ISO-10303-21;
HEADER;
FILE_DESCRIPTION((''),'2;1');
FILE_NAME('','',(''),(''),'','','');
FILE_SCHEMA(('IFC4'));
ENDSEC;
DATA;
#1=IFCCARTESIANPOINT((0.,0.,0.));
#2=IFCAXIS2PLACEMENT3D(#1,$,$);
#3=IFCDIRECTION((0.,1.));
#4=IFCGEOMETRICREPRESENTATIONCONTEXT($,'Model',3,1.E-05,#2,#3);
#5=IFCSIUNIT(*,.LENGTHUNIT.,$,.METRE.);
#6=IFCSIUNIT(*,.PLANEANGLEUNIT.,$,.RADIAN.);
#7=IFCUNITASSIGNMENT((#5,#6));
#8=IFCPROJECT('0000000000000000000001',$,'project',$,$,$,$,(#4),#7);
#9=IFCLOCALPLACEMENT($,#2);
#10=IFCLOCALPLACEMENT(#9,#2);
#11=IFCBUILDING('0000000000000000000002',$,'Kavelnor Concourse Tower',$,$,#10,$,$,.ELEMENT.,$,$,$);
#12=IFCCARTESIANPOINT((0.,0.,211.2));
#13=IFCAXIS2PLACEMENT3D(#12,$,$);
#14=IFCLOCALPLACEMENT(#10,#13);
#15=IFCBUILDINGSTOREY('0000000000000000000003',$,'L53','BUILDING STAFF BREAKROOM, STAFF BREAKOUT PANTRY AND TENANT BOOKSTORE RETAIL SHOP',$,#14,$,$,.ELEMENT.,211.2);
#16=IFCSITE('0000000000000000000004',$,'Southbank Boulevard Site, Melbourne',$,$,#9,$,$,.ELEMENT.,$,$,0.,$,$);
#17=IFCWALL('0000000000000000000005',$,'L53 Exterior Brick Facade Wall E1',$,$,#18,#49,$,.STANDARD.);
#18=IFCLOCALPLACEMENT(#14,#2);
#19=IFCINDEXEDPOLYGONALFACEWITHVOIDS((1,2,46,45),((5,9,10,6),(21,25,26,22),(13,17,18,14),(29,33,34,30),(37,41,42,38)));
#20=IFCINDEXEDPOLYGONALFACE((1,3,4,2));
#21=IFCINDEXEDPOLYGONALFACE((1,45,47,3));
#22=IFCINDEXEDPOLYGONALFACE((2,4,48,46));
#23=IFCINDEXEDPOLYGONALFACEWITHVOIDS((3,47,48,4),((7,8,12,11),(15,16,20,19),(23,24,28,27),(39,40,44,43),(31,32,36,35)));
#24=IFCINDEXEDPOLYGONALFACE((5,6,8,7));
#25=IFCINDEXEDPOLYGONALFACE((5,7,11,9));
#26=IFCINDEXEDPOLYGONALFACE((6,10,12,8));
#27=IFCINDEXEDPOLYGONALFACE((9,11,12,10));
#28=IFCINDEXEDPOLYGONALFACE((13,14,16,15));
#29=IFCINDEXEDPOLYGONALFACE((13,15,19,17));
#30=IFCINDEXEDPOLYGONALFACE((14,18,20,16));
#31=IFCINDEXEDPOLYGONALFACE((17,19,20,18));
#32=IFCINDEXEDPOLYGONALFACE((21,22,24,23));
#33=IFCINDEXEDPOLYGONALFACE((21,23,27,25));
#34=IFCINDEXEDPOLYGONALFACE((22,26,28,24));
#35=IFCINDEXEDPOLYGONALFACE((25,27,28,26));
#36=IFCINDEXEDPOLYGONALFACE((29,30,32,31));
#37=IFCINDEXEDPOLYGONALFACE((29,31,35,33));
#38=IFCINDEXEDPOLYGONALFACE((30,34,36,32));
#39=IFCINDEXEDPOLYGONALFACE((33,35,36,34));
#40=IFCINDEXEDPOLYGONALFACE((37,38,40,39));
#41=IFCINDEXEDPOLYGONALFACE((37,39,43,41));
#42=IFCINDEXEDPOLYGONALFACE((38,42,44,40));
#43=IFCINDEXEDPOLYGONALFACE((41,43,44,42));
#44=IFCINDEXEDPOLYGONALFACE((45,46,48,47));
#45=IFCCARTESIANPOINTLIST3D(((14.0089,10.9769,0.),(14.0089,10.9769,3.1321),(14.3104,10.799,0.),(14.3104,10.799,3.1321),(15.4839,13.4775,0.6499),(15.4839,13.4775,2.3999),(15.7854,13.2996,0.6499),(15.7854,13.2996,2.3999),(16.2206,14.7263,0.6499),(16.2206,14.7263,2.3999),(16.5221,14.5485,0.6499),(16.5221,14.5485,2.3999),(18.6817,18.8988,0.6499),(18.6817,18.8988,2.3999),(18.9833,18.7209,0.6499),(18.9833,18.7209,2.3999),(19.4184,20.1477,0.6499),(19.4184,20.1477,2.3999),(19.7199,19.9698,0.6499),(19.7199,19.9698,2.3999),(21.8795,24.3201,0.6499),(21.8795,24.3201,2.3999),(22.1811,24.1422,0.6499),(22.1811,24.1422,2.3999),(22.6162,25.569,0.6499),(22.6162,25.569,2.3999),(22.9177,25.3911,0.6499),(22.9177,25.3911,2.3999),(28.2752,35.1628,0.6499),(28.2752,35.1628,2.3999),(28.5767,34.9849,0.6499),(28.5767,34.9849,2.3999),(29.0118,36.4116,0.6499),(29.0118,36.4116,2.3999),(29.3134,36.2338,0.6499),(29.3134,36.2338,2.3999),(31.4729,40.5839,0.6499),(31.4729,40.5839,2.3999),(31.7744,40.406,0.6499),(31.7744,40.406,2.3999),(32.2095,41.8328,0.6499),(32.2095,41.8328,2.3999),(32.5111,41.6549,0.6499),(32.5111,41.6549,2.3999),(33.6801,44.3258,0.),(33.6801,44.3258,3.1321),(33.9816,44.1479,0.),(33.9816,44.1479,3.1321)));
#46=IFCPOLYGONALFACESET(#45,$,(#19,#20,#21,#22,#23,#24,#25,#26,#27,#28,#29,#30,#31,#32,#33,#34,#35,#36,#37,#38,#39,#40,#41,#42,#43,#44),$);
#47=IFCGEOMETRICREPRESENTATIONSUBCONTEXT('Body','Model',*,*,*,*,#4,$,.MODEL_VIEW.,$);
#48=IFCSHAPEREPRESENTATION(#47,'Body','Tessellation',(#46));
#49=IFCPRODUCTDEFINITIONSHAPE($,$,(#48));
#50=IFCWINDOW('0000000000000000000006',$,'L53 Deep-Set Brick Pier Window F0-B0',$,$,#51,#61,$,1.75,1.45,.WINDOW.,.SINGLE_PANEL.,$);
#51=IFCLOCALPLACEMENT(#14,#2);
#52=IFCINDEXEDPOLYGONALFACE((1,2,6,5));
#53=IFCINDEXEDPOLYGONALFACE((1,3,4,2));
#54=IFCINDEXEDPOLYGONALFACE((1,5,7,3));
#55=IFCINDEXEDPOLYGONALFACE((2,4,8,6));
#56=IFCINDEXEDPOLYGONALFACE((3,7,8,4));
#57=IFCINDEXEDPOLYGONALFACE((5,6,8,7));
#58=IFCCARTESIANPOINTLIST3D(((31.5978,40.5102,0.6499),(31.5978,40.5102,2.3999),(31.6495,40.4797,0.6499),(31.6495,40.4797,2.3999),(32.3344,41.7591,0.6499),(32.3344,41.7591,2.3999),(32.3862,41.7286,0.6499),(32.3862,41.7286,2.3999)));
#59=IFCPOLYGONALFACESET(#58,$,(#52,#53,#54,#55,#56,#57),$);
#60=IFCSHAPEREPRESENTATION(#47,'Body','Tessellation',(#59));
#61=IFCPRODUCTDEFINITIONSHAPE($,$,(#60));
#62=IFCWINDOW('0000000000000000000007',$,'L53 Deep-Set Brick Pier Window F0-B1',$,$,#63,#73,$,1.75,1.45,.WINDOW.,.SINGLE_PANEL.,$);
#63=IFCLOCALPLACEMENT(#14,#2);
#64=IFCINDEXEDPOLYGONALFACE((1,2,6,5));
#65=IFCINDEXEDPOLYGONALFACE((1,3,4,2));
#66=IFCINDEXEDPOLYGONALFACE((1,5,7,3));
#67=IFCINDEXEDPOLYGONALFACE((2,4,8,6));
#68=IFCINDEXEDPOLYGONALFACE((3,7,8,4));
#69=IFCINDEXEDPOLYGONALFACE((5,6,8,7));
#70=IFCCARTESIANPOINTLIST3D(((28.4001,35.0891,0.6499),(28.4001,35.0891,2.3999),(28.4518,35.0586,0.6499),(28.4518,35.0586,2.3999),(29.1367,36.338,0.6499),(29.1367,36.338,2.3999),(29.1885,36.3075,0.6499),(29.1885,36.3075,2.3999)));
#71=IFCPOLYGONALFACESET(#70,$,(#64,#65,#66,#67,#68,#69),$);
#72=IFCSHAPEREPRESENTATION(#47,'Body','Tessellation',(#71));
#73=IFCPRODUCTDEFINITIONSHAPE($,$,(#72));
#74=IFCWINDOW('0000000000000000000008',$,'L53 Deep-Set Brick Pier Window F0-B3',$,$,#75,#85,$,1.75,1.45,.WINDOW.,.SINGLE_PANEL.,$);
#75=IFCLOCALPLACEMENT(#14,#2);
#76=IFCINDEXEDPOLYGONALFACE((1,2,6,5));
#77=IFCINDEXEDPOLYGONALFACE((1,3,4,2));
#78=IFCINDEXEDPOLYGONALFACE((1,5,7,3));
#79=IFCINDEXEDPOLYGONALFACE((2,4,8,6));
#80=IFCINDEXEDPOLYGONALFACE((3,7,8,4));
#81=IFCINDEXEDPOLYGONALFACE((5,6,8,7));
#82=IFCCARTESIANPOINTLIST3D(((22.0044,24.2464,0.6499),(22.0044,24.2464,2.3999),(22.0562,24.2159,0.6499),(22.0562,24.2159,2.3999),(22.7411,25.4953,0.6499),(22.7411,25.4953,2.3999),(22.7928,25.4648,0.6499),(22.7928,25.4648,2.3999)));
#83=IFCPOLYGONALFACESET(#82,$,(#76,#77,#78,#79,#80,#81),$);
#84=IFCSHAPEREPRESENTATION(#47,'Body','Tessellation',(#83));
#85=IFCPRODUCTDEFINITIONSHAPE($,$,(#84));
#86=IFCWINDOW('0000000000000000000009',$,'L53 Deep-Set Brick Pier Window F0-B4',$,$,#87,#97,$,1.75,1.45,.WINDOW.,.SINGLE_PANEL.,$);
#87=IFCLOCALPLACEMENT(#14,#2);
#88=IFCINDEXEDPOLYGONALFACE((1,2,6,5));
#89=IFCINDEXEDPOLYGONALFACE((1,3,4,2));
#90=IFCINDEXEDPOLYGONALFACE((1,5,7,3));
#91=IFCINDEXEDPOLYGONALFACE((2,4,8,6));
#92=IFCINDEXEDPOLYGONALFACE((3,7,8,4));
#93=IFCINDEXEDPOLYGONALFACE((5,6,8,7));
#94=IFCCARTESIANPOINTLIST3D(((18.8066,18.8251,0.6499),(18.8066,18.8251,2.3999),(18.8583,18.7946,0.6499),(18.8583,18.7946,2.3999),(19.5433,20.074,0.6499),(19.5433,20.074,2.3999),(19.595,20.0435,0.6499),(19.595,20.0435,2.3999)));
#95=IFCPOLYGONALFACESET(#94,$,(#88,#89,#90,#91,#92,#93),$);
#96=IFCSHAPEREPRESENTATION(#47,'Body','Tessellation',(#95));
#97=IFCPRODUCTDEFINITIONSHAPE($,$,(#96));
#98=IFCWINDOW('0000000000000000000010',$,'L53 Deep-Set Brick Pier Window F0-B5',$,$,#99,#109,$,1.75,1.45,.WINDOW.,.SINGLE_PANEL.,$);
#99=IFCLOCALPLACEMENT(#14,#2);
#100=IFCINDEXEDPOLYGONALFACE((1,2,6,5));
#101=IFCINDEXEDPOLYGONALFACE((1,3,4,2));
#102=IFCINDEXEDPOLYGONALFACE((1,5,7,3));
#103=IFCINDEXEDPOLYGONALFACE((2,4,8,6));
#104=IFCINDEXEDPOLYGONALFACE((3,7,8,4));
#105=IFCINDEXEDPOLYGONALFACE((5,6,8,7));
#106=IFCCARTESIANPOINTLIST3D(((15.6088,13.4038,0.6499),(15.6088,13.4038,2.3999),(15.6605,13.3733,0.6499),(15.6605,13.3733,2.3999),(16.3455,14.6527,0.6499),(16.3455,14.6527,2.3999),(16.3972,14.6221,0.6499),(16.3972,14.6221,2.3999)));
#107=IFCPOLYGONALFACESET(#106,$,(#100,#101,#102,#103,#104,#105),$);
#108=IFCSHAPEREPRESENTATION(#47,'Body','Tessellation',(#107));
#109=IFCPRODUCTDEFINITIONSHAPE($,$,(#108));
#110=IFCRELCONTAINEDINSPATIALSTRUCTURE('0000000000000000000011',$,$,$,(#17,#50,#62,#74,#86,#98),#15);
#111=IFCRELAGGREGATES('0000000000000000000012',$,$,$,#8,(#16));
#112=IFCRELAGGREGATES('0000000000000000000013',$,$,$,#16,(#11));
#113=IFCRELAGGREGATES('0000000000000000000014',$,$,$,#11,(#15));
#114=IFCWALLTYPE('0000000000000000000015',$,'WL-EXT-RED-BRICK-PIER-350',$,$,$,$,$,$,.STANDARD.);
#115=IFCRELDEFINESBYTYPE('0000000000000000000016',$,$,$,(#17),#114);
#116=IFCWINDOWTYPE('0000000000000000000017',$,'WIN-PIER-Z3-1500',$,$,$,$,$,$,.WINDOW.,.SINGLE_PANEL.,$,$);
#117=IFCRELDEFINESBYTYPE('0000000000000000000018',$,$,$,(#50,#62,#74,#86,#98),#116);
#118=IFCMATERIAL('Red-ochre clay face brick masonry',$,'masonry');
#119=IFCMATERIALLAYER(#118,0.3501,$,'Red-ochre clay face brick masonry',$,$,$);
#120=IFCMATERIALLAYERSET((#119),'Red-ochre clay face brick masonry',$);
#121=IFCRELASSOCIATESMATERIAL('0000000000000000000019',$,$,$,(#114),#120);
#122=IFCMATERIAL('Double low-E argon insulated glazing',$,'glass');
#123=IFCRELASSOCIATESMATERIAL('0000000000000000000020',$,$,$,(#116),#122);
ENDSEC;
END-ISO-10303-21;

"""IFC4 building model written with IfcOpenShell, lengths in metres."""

from ifc_helpers import new_model, si_unit, direction, frame, frame_2d, origin, place, context, subcontext, project, spatial, rectangle, extrude, material, layer, layer_set, type_object, element, fill, save


model = new_model("IFC4")

# Units and contexts
model_context = context("Model", 3, precision=1e-05, world=origin(), true_north=direction((0.0, 1.0)))
body_context = subcontext(model_context, "Body", "Model", "MODEL_VIEW")
ifc_project = project(units=[si_unit("LENGTHUNIT", "METRE"), si_unit("PLANEANGLEUNIT", "RADIAN")], contexts=[model_context])

# Site, building, storey
site_placement = place(None, origin())
site = spatial("IfcSite", under=ifc_project, at=site_placement, Name="Southbank Boulevard Site, Melbourne", CompositionType="ELEMENT", RefElevation=0.0)
building_placement = place(site_placement, origin())
building = spatial("IfcBuilding", under=site, at=building_placement, Name="Kavelnor Concourse Tower", CompositionType="ELEMENT")
storey_placement = place(building_placement, frame((0.0, 0.0, 211.2)))
storey = spatial("IfcBuildingStorey", under=building, at=storey_placement, Name="L53", Description="BUILDING STAFF BREAKROOM, STAFF BREAKOUT PANTRY AND TENANT BOOKSTORE RETAIL SHOP", CompositionType="ELEMENT", Elevation=211.2)

# Shared definitions
ifc_material_1 = material(Name="Double low-E argon insulated glazing", Category="glass")

# Wall, openings, windows
ifc_material_2 = material(Name="Red-ochre clay face brick masonry", Category="masonry")
ifc_layer_1 = layer(ifc_material_2, 0.3501, Name="Red-ochre clay face brick masonry")
ifc_layer_set_1 = layer_set([ifc_layer_1], Name="Red-ochre clay face brick masonry")
wall_type_1 = type_object("IfcWallType", Name="WL-EXT-RED-BRICK-PIER-350", PredefinedType="STANDARD", material=ifc_layer_set_1)
wall_1_placement = place(storey_placement, frame((14.1597, 10.8879, 0.0), z_axis=(0.0, 0.0, 1.0), x_axis=(0.508059, 0.861322, 0.0)))
wall_1 = element("IfcWall", 1, at=wall_1_placement, inside=storey, type_object=wall_type_1, Name="L53 Exterior Brick Facade Wall E1", PredefinedType="STANDARD", context=body_context, shape_type="SweptSolid", body=[
    extrude(rectangle(XDim=38.7183, YDim=0.3501, at=frame_2d((19.3591, 0.0))), origin(), (0.0, 0.0, 1.0), 3.1321),
])
opening_1_placement = place(wall_1_placement, frame((34.3738, 0.0, 0.6499)))
opening_1 = element("IfcOpeningElement", 2, at=opening_1_placement, cuts=wall_1, PredefinedType="OPENING", context=body_context, shape_type="SweptSolid", body=[
    extrude(rectangle(XDim=1.45, YDim=1.75, at=frame_2d((0.7251, 0.875))), frame((0.0, 0.1851, 0.0), z_axis=(0.0, -1.0, 0.0), x_axis=(1.0, 0.0, 0.0)), (0.0, 0.0, 1.0), 0.3701),
])
opening_2_placement = place(wall_1_placement, frame((28.0798, 0.0, 0.6499)))
opening_2 = element("IfcOpeningElement", 3, at=opening_2_placement, cuts=wall_1, PredefinedType="OPENING", context=body_context, shape_type="SweptSolid", body=[
    extrude(rectangle(XDim=1.45, YDim=1.75, at=frame_2d((0.7251, 0.875))), frame((0.0, 0.1851, 0.0), z_axis=(0.0, -1.0, 0.0), x_axis=(1.0, 0.0, 0.0)), (0.0, 0.0, 1.0), 0.3701),
])
opening_3_placement = place(wall_1_placement, frame((15.4915, 0.0, 0.6499)))
opening_3 = element("IfcOpeningElement", 4, at=opening_3_placement, cuts=wall_1, PredefinedType="OPENING", context=body_context, shape_type="SweptSolid", body=[
    extrude(rectangle(XDim=1.45, YDim=1.75, at=frame_2d((0.7251, 0.875))), frame((0.0, 0.1851, 0.0), z_axis=(0.0, -1.0, 0.0), x_axis=(1.0, 0.0, 0.0)), (0.0, 0.0, 1.0), 0.3701),
])
opening_4_placement = place(wall_1_placement, frame((9.1973, 0.0, 0.6499)))
opening_4 = element("IfcOpeningElement", 5, at=opening_4_placement, cuts=wall_1, PredefinedType="OPENING", context=body_context, shape_type="SweptSolid", body=[
    extrude(rectangle(XDim=1.45, YDim=1.75, at=frame_2d((0.7251, 0.875))), frame((0.0, 0.1851, 0.0), z_axis=(0.0, -1.0, 0.0), x_axis=(1.0, 0.0, 0.0)), (0.0, 0.0, 1.0), 0.3701),
])
opening_5_placement = place(wall_1_placement, frame((2.9031, 0.0, 0.6499)))
opening_5 = element("IfcOpeningElement", 6, at=opening_5_placement, cuts=wall_1, PredefinedType="OPENING", context=body_context, shape_type="SweptSolid", body=[
    extrude(rectangle(XDim=1.45, YDim=1.75, at=frame_2d((0.7251, 0.875))), frame((0.0, 0.1851, 0.0), z_axis=(0.0, -1.0, 0.0), x_axis=(1.0, 0.0, 0.0)), (0.0, 0.0, 1.0), 0.3701),
])
window_type_1 = type_object("IfcWindowType", Name="WIN-PIER-Z3-1500", PartitioningType="SINGLE_PANEL", PredefinedType="WINDOW", material=ifc_material_1)
window_1_placement = place(opening_1_placement, origin())
window_1 = element("IfcWindow", 7, at=window_1_placement, inside=storey, type_object=window_type_1, Name="L53 Deep-Set Brick Pier Window F0-B0", OverallHeight=1.75, OverallWidth=1.45, PartitioningType="SINGLE_PANEL", PredefinedType="WINDOW", context=body_context, shape_type="SweptSolid", body=[
    extrude(rectangle(XDim=1.45, YDim=1.75, at=frame_2d((0.7251, 0.875))), frame((0.0, 0.03, 0.0), z_axis=(0.0, -1.0, 0.0), x_axis=(1.0, 0.0, 0.0)), (0.0, 0.0, 1.0), 0.0601),
])
fill(opening_1, window_1)
window_2_placement = place(opening_2_placement, origin())
window_2 = element("IfcWindow", 8, at=window_2_placement, inside=storey, type_object=window_type_1, Name="L53 Deep-Set Brick Pier Window F0-B1", OverallHeight=1.75, OverallWidth=1.45, PartitioningType="SINGLE_PANEL", PredefinedType="WINDOW", context=body_context, shape_type="SweptSolid", body=[
    extrude(rectangle(XDim=1.45, YDim=1.75, at=frame_2d((0.7251, 0.875))), frame((0.0, 0.03, 0.0), z_axis=(0.0, -1.0, 0.0), x_axis=(1.0, 0.0, 0.0)), (0.0, 0.0, 1.0), 0.0601),
])
fill(opening_2, window_2)
window_3_placement = place(opening_3_placement, origin())
window_3 = element("IfcWindow", 9, at=window_3_placement, inside=storey, type_object=window_type_1, Name="L53 Deep-Set Brick Pier Window F0-B3", OverallHeight=1.75, OverallWidth=1.45, PartitioningType="SINGLE_PANEL", PredefinedType="WINDOW", context=body_context, shape_type="SweptSolid", body=[
    extrude(rectangle(XDim=1.45, YDim=1.75, at=frame_2d((0.7251, 0.875))), frame((0.0, 0.03, 0.0), z_axis=(0.0, -1.0, 0.0), x_axis=(1.0, 0.0, 0.0)), (0.0, 0.0, 1.0), 0.0601),
])
fill(opening_3, window_3)
window_4_placement = place(opening_4_placement, origin())
window_4 = element("IfcWindow", 10, at=window_4_placement, inside=storey, type_object=window_type_1, Name="L53 Deep-Set Brick Pier Window F0-B4", OverallHeight=1.75, OverallWidth=1.45, PartitioningType="SINGLE_PANEL", PredefinedType="WINDOW", context=body_context, shape_type="SweptSolid", body=[
    extrude(rectangle(XDim=1.45, YDim=1.75, at=frame_2d((0.7251, 0.875))), frame((0.0, 0.03, 0.0), z_axis=(0.0, -1.0, 0.0), x_axis=(1.0, 0.0, 0.0)), (0.0, 0.0, 1.0), 0.0601),
])
fill(opening_4, window_4)
window_5_placement = place(opening_5_placement, origin())
window_5 = element("IfcWindow", 11, at=window_5_placement, inside=storey, type_object=window_type_1, Name="L53 Deep-Set Brick Pier Window F0-B5", OverallHeight=1.75, OverallWidth=1.45, PartitioningType="SINGLE_PANEL", PredefinedType="WINDOW", context=body_context, shape_type="SweptSolid", body=[
    extrude(rectangle(XDim=1.45, YDim=1.75, at=frame_2d((0.7251, 0.875))), frame((0.0, 0.03, 0.0), z_axis=(0.0, -1.0, 0.0), x_axis=(1.0, 0.0, 0.0)), (0.0, 0.0, 1.0), 0.0601),
])
fill(opening_5, window_5)

save(model, "model.ifc")
